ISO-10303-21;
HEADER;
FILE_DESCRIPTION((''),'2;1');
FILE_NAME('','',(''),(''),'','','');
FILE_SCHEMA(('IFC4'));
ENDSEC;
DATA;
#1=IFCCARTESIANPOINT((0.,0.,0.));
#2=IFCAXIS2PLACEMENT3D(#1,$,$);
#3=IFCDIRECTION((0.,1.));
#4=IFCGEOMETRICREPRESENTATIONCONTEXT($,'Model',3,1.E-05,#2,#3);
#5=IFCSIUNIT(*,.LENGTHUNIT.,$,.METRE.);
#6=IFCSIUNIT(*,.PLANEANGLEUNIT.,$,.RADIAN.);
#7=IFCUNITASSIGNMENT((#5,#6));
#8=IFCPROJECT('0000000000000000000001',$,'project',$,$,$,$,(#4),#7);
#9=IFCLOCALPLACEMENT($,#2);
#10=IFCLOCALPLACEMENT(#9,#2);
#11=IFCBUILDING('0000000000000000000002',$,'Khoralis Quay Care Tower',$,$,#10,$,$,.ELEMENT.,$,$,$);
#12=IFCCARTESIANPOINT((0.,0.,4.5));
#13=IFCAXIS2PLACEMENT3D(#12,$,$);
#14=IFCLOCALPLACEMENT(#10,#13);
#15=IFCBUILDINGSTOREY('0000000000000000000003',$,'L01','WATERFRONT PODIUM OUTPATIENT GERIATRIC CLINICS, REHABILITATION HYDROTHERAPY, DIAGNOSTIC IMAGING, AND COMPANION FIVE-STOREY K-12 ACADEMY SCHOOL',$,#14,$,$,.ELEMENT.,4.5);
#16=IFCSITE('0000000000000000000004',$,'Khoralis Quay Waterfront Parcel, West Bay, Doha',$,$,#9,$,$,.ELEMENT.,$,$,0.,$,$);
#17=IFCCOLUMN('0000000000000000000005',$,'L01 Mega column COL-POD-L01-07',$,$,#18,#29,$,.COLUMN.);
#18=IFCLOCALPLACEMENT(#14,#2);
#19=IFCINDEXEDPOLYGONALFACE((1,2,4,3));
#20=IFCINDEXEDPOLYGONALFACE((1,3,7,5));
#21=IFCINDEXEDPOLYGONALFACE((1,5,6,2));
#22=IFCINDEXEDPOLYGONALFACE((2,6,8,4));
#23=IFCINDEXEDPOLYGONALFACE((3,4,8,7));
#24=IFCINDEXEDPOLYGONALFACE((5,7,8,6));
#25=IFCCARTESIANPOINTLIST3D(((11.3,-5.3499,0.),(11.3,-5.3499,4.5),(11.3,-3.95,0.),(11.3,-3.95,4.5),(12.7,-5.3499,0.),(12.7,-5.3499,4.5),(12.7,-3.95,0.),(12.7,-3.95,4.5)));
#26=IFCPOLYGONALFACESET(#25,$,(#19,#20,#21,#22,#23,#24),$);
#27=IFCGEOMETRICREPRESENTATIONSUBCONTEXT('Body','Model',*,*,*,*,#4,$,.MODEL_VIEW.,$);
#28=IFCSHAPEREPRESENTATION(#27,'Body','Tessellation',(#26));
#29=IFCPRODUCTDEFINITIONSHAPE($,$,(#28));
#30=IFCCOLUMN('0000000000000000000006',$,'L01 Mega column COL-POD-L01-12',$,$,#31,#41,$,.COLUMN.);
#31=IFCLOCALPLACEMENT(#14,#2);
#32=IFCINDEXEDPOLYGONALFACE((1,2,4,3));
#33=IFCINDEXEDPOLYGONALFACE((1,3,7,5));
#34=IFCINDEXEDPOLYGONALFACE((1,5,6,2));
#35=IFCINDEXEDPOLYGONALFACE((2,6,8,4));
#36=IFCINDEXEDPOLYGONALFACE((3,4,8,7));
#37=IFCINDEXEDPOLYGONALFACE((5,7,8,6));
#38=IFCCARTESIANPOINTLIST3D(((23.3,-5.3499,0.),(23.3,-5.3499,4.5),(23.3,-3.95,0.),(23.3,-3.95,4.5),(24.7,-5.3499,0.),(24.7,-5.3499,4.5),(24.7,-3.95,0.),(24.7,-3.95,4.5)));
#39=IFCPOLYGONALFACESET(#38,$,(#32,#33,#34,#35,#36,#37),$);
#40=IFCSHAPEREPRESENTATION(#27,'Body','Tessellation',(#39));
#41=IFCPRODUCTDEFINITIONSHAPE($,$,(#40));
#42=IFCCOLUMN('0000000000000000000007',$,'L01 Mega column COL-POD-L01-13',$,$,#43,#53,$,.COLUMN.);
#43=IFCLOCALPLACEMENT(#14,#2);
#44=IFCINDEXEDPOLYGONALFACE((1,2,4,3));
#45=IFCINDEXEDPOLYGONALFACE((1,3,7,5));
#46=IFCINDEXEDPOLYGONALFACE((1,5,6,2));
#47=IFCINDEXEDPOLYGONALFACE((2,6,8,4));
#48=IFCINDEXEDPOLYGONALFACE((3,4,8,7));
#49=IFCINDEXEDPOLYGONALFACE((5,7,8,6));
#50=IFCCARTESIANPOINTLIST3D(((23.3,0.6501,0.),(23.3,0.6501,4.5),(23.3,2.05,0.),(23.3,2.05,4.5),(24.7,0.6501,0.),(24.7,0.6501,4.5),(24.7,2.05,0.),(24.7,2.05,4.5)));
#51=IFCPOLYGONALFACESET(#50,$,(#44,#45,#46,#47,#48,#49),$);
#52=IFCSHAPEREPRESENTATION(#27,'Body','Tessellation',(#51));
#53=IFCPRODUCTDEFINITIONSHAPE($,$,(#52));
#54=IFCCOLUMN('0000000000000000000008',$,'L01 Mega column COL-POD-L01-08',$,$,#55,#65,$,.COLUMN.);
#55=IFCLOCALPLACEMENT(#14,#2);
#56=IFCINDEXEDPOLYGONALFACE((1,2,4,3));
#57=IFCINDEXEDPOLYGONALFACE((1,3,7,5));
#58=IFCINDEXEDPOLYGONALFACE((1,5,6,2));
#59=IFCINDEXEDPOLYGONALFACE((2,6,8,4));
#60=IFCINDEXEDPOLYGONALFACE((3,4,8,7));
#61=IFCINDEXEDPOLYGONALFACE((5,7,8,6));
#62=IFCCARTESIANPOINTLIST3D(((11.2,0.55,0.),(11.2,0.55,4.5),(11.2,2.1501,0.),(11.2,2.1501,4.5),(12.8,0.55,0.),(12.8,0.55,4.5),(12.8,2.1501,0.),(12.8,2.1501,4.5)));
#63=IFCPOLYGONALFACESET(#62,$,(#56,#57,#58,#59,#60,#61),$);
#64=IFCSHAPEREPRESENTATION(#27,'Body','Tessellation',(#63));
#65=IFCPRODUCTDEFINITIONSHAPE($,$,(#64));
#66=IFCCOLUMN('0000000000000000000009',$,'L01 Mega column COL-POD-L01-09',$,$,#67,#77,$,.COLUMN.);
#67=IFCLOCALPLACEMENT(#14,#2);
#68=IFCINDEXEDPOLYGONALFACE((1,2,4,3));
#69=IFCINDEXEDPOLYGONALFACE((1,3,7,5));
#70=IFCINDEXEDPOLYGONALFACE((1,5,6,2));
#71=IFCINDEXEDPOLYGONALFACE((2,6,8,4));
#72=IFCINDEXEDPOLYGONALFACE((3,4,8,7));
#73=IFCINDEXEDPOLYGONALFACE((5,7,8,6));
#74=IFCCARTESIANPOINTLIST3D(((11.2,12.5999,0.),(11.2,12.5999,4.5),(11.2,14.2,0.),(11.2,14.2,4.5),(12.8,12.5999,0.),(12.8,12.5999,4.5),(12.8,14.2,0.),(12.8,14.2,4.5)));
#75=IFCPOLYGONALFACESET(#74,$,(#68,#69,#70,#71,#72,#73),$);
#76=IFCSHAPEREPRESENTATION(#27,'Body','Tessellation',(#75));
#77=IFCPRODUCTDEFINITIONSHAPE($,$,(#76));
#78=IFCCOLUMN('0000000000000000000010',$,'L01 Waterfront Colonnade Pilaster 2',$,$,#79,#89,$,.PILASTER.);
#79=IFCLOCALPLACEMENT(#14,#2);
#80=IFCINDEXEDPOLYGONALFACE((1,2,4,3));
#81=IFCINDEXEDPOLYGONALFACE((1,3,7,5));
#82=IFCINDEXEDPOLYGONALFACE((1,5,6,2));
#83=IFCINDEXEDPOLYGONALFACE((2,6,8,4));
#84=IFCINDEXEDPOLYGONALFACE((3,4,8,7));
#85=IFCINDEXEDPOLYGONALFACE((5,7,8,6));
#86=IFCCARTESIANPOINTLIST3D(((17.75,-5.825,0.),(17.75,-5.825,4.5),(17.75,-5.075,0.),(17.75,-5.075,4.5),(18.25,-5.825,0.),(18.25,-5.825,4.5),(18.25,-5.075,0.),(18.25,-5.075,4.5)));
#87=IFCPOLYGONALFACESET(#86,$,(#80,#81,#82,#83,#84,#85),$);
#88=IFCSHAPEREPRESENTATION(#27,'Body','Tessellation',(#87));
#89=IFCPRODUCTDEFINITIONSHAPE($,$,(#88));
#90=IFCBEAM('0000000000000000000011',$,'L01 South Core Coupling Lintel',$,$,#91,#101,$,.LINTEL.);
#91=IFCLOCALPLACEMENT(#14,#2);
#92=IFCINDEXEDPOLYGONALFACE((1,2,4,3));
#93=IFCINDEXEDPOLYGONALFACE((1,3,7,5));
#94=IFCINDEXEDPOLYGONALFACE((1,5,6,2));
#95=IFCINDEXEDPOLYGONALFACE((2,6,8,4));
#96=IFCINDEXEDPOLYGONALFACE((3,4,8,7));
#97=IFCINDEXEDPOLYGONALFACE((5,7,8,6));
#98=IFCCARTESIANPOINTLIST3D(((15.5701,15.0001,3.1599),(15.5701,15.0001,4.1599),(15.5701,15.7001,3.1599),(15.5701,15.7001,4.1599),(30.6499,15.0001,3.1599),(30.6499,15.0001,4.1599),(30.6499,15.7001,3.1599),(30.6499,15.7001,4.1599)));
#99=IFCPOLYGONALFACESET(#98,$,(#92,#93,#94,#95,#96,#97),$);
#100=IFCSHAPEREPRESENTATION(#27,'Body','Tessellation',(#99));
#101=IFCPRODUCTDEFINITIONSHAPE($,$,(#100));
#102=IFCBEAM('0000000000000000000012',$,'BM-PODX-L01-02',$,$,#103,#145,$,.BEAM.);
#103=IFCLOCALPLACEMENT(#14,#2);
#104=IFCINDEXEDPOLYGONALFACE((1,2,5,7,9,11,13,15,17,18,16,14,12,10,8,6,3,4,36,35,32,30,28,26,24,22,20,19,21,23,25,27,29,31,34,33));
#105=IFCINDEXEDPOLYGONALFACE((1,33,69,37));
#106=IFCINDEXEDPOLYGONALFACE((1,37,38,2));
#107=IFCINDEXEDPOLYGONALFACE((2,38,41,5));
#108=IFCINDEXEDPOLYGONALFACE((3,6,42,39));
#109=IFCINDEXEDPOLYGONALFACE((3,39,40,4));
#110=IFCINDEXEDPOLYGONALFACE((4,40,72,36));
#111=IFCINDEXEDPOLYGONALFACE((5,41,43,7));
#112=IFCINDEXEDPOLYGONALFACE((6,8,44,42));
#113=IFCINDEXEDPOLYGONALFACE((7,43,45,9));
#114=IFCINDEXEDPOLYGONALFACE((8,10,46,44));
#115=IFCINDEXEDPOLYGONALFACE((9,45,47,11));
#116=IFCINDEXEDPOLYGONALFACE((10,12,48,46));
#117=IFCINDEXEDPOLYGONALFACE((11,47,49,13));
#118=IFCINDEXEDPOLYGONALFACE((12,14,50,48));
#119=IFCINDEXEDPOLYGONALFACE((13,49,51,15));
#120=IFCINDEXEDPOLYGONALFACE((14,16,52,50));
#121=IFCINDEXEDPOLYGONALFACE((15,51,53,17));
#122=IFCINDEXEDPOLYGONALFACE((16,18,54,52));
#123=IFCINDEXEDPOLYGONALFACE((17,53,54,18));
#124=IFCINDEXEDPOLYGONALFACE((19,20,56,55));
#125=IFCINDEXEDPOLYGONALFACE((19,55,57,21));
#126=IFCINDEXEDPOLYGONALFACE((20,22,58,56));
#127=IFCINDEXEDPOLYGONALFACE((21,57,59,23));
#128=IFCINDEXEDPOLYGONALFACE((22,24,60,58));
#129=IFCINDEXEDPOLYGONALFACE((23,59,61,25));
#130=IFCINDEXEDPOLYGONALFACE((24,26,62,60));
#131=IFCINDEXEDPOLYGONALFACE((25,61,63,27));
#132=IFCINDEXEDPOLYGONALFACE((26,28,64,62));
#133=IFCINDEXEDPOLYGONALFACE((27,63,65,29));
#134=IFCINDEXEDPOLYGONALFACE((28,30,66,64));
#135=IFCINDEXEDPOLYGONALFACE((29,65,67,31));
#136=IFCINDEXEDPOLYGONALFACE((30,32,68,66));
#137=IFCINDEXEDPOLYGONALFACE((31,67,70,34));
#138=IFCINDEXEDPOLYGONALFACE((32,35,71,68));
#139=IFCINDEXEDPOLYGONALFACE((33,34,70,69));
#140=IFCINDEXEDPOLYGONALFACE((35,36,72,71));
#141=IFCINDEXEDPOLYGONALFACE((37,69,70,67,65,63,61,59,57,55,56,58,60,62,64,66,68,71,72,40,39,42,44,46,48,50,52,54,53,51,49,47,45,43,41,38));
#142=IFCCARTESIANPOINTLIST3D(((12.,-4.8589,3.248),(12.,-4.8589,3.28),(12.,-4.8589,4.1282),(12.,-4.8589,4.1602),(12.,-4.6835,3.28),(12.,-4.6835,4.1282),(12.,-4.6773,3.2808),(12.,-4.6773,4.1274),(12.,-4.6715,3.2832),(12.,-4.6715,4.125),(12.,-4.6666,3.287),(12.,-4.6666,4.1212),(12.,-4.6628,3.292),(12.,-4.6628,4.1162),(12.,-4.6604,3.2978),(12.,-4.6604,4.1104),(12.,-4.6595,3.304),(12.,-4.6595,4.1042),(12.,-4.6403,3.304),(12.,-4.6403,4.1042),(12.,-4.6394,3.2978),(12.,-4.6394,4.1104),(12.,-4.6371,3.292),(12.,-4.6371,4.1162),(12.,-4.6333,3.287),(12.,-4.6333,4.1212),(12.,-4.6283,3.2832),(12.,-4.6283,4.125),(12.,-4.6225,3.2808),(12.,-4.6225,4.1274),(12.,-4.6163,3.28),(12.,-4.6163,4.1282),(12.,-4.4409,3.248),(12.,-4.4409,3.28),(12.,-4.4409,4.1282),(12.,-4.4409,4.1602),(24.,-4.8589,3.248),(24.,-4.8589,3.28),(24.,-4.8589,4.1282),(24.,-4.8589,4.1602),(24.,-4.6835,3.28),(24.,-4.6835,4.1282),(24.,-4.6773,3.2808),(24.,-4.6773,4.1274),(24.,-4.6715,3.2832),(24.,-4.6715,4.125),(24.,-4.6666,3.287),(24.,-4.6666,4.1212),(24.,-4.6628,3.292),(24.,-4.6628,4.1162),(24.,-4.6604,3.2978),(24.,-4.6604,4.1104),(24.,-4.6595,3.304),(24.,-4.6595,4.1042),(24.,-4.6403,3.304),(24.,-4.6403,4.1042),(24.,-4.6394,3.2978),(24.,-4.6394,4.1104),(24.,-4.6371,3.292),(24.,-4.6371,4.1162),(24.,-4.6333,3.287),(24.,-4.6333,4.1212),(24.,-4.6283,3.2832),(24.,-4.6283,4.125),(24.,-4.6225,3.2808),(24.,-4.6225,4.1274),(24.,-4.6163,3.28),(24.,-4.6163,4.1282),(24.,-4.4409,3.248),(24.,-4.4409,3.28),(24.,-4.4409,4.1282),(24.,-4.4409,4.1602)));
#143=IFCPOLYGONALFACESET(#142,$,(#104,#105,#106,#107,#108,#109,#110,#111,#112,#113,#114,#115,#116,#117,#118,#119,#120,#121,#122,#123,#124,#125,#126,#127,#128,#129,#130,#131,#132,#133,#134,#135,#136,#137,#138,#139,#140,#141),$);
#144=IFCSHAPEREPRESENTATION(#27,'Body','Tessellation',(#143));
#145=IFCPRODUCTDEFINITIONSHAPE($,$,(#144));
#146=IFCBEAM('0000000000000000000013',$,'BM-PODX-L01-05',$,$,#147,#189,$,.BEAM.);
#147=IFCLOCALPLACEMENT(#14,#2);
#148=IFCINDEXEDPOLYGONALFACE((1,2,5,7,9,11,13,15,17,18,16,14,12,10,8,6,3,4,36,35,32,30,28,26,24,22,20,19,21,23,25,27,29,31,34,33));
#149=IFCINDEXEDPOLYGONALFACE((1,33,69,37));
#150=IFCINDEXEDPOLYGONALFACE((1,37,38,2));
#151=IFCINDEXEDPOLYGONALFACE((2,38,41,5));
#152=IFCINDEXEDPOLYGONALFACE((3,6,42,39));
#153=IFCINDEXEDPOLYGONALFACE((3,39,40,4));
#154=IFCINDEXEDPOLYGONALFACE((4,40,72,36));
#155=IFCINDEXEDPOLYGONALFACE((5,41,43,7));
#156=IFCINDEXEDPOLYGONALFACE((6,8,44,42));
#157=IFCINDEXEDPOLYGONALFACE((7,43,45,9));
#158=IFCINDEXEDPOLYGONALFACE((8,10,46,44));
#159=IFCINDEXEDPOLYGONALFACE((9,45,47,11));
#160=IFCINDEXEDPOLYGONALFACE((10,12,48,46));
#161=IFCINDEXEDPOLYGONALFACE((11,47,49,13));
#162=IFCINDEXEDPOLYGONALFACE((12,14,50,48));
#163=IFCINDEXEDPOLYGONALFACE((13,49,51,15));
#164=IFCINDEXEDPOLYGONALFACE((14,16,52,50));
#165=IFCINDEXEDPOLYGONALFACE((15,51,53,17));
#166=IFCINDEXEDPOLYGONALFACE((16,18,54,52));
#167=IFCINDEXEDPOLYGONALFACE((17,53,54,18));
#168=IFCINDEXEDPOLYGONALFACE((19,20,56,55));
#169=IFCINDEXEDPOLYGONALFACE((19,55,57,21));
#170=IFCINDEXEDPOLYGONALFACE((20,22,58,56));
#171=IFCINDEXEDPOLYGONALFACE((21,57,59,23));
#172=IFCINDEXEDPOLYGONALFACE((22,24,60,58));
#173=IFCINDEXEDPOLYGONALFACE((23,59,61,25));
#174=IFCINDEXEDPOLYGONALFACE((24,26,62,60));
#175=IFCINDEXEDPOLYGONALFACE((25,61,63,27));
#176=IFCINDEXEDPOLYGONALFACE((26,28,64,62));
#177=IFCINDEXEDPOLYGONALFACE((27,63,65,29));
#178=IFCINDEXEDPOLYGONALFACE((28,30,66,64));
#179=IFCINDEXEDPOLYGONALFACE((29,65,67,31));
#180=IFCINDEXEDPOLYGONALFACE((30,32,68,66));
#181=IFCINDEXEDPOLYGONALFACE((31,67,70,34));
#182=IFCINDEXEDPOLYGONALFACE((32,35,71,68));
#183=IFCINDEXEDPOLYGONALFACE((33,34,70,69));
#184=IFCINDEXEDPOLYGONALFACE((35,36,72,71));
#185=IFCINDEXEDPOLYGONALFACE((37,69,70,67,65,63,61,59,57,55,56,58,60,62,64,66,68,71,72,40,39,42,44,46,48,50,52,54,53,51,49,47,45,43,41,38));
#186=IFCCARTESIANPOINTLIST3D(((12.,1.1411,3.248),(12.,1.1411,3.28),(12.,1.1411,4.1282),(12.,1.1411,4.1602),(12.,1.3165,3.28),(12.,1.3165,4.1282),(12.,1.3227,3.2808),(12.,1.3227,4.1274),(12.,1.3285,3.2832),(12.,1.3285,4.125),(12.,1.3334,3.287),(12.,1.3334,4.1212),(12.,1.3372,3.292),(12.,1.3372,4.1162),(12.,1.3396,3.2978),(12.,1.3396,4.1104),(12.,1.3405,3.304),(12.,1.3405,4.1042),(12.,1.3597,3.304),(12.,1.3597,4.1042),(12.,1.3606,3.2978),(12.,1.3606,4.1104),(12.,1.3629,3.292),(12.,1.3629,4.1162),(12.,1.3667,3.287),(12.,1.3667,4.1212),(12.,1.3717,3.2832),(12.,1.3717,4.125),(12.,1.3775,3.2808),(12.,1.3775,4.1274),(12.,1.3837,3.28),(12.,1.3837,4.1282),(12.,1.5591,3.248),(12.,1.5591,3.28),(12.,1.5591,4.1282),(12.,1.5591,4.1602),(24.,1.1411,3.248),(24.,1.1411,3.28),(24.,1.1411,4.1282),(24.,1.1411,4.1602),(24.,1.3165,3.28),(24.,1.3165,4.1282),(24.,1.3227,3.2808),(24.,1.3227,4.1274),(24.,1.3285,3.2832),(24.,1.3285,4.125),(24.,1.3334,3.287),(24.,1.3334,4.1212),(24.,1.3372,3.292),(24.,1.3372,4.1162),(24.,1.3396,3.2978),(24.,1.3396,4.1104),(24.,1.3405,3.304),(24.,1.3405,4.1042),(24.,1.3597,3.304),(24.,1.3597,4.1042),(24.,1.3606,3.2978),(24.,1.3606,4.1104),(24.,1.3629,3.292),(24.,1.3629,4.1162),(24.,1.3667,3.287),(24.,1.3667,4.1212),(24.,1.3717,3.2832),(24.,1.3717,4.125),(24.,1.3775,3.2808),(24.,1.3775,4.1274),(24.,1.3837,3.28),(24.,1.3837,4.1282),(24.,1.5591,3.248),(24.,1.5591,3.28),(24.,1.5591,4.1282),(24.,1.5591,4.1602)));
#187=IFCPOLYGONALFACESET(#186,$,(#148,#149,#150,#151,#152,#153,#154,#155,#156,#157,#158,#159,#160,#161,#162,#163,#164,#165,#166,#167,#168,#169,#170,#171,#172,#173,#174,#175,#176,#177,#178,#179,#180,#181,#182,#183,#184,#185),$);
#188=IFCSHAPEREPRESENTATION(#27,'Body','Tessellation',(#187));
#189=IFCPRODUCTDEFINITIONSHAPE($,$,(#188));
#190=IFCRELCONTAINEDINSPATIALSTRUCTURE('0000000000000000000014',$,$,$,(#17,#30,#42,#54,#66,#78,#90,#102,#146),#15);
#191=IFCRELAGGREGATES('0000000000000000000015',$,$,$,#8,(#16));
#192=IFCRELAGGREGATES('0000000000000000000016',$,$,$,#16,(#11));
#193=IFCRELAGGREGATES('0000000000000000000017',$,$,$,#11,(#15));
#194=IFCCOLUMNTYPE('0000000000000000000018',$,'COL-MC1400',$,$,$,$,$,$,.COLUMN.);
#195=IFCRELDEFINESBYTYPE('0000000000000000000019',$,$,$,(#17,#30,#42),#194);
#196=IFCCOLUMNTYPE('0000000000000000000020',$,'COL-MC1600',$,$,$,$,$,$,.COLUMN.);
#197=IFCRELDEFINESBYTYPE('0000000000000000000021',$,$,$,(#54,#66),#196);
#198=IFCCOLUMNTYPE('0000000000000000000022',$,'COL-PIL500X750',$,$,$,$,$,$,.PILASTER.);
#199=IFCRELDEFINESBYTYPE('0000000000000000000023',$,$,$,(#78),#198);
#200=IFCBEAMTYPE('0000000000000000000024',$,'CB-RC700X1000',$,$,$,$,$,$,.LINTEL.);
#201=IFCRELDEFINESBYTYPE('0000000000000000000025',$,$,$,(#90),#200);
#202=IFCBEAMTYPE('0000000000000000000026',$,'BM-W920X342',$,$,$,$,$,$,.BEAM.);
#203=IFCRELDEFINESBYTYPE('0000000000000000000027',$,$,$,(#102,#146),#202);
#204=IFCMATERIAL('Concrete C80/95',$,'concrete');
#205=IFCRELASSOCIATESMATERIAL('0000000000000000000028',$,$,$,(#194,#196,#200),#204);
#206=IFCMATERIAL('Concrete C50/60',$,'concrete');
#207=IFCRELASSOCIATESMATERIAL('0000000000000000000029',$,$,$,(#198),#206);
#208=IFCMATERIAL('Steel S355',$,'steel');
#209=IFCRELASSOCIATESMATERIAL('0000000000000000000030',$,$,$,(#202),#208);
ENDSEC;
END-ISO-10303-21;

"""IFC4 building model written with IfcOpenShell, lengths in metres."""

from ifc_helpers import new_model, si_unit, direction, frame, origin, origin_2d, place, context, subcontext, project, spatial, rectangle, i_section, extrude, source, transform, mapped, material, material_profile, profile_set, type_object, element, save


model = new_model("IFC4")

# Units and contexts
model_context = context("Model", 3, precision=1e-05, world=origin(), true_north=direction((0.0, 1.0)))
body_context = subcontext(model_context, "Body", "Model", "MODEL_VIEW")
ifc_project = project(units=[si_unit("LENGTHUNIT", "METRE"), si_unit("PLANEANGLEUNIT", "RADIAN")], contexts=[model_context])

# Site, building, storey
site_placement = place(None, origin())
site = spatial("IfcSite", under=ifc_project, at=site_placement, Name="Khoralis Quay Waterfront Parcel, West Bay, Doha", CompositionType="ELEMENT", RefElevation=0.0)
building_placement = place(site_placement, origin())
building = spatial("IfcBuilding", under=site, at=building_placement, Name="Khoralis Quay Care Tower", CompositionType="ELEMENT")
storey_placement = place(building_placement, frame((0.0, 0.0, 4.5)))
storey = spatial("IfcBuildingStorey", under=building, at=storey_placement, Name="L01", Description="WATERFRONT PODIUM OUTPATIENT GERIATRIC CLINICS, REHABILITATION HYDROTHERAPY, DIAGNOSTIC IMAGING, AND COMPANION FIVE-STOREY K-12 ACADEMY SCHOOL", CompositionType="ELEMENT", Elevation=4.5)

# Columns
ifc_material_1 = material(Name="Concrete C80/95", Category="concrete")
ifc_material_profile_1 = material_profile(ifc_material_1, rectangle(XDim=1.3999, YDim=1.3999, at=origin_2d()), Name="Concrete C80/95")
ifc_profile_set_1 = profile_set([ifc_material_profile_1], Name="Concrete C80/95")
column_type_1 = type_object("IfcColumnType", Name="COL-MC1400", PredefinedType="COLUMN", material=ifc_profile_set_1)
shared_shape_1 = source(origin(), body_context, "Body", "SweptSolid", [
    extrude(rectangle(XDim=1.3999, YDim=1.3999, at=origin_2d()), origin(), (0.0, 0.0, 1.0), 4.5),
])
for number, where, z_axis, x_axis, name in (
    (1, (12.0, -4.6499, 0.0), (0.0, 0.0, 1.0), (1.0, 0.0, 0.0), "L01 Mega column COL-POD-L01-07"),
    (2, (24.0, -4.6499, 0.0), (0.0, 0.0, 1.0), (1.0, 0.0, 0.0), "L01 Mega column COL-POD-L01-12"),
    (3, (24.0, 1.3501, 0.0), (0.0, 0.0, 1.0), (1.0, 0.0, 0.0), "L01 Mega column COL-POD-L01-13"),
):
    element("IfcColumn", number, at=place(storey_placement, frame(where, z_axis=z_axis, x_axis=x_axis)), inside=storey, type_object=column_type_1, Name=name, PredefinedType="COLUMN", context=body_context, shape_type="MappedRepresentation", body=[
        mapped(shared_shape_1, transform((0.0, 0.0, 0.0), scale=1.0)),
    ])
ifc_material_profile_2 = material_profile(ifc_material_1, rectangle(XDim=1.6001, YDim=1.6001, at=origin_2d()), Name="Concrete C80/95")
ifc_profile_set_2 = profile_set([ifc_material_profile_2], Name="Concrete C80/95")
column_type_2 = type_object("IfcColumnType", Name="COL-MC1600", PredefinedType="COLUMN", material=ifc_profile_set_2)
shared_shape_2 = source(origin(), body_context, "Body", "SweptSolid", [
    extrude(rectangle(XDim=1.6001, YDim=1.6001, at=origin_2d()), origin(), (0.0, 0.0, 1.0), 4.5),
])
for number, where, z_axis, x_axis, name in (
    (4, (12.0, 1.3501, 0.0), (0.0, 0.0, 1.0), (1.0, 0.0, 0.0), "L01 Mega column COL-POD-L01-08"),
    (5, (12.0, 13.3999, 0.0), (0.0, 0.0, 1.0), (1.0, 0.0, 0.0), "L01 Mega column COL-POD-L01-09"),
):
    element("IfcColumn", number, at=place(storey_placement, frame(where, z_axis=z_axis, x_axis=x_axis)), inside=storey, type_object=column_type_2, Name=name, PredefinedType="COLUMN", context=body_context, shape_type="MappedRepresentation", body=[
        mapped(shared_shape_2, transform((0.0, 0.0, 0.0), scale=1.0)),
    ])
ifc_material_2 = material(Name="Concrete C50/60", Category="concrete")
ifc_material_profile_3 = material_profile(ifc_material_2, rectangle(XDim=0.5, YDim=0.75, at=origin_2d()), Name="Concrete C50/60")
ifc_profile_set_3 = profile_set([ifc_material_profile_3], Name="Concrete C50/60")
column_type_3 = type_object("IfcColumnType", Name="COL-PIL500X750", PredefinedType="PILASTER", material=ifc_profile_set_3)
shared_shape_3 = source(origin(), body_context, "Body", "SweptSolid", [
    extrude(rectangle(XDim=0.5, YDim=0.75, at=origin_2d()), origin(), (0.0, 0.0, 1.0), 4.5),
])
column_placement = place(storey_placement, frame((18.0, -5.45, 0.0), z_axis=(0.0, 0.0, 1.0), x_axis=(1.0, 0.0, 0.0)))
element("IfcColumn", 6, at=column_placement, inside=storey, type_object=column_type_3, Name="L01 Waterfront Colonnade Pilaster 2", PredefinedType="PILASTER", context=body_context, shape_type="MappedRepresentation", body=[
    mapped(shared_shape_3, transform((0.0, 0.0, 0.0), scale=1.0)),
])

# Beams
ifc_material_profile_4 = material_profile(ifc_material_1, rectangle(XDim=0.7, YDim=1.0, at=origin_2d()), Name="Concrete C80/95")
ifc_profile_set_4 = profile_set([ifc_material_profile_4], Name="Concrete C80/95")
beam_type_1 = type_object("IfcBeamType", Name="CB-RC700X1000", PredefinedType="LINTEL", material=ifc_profile_set_4)
shared_shape_4 = source(origin(), body_context, "Body", "SweptSolid", [
    extrude(rectangle(XDim=0.7, YDim=1.0, at=origin_2d()), origin(), (0.0, 0.0, 1.0), 15.0798),
])
beam_placement = place(storey_placement, frame((15.5701, 15.3501, 3.6599), z_axis=(1.0, 0.0, 0.0), x_axis=(0.0, 1.0, 0.0)))
element("IfcBeam", 7, at=beam_placement, inside=storey, type_object=beam_type_1, Name="L01 South Core Coupling Lintel", PredefinedType="LINTEL", context=body_context, shape_type="MappedRepresentation", body=[
    mapped(shared_shape_4, transform((0.0, 0.0, 0.0), scale=1.0)),
])
ifc_material_3 = material(Name="Steel S355", Category="steel")
ifc_material_profile_5 = material_profile(ifc_material_3, i_section(OverallWidth=0.418, OverallDepth=0.9121, WebThickness=0.0193, FlangeThickness=0.032, FilletRadius=0.0239, at=origin_2d()), Name="Steel S355")
ifc_profile_set_5 = profile_set([ifc_material_profile_5], Name="Steel S355")
beam_type_2 = type_object("IfcBeamType", Name="BM-W920X342", PredefinedType="BEAM", material=ifc_profile_set_5)
shared_shape_5 = source(origin(), body_context, "Body", "SweptSolid", [
    extrude(i_section(OverallWidth=0.418, OverallDepth=0.9121, WebThickness=0.0193, FlangeThickness=0.032, FilletRadius=0.0239, at=origin_2d()), origin(), (0.0, 0.0, 1.0), 12.0),
])
for number, where, z_axis, x_axis, name in (
    (8, (12.0, -4.6499, 3.7041), (1.0, 0.0, 0.0), (0.0, 1.0, 0.0), "BM-PODX-L01-02"),
    (9, (12.0, 1.3501, 3.7041), (1.0, 0.0, 0.0), (0.0, 1.0, 0.0), "BM-PODX-L01-05"),
):
    element("IfcBeam", number, at=place(storey_placement, frame(where, z_axis=z_axis, x_axis=x_axis)), inside=storey, type_object=beam_type_2, Name=name, PredefinedType="BEAM", context=body_context, shape_type="MappedRepresentation", body=[
        mapped(shared_shape_5, transform((0.0, 0.0, 0.0), scale=1.0)),
    ])

save(model, "model.ifc")
